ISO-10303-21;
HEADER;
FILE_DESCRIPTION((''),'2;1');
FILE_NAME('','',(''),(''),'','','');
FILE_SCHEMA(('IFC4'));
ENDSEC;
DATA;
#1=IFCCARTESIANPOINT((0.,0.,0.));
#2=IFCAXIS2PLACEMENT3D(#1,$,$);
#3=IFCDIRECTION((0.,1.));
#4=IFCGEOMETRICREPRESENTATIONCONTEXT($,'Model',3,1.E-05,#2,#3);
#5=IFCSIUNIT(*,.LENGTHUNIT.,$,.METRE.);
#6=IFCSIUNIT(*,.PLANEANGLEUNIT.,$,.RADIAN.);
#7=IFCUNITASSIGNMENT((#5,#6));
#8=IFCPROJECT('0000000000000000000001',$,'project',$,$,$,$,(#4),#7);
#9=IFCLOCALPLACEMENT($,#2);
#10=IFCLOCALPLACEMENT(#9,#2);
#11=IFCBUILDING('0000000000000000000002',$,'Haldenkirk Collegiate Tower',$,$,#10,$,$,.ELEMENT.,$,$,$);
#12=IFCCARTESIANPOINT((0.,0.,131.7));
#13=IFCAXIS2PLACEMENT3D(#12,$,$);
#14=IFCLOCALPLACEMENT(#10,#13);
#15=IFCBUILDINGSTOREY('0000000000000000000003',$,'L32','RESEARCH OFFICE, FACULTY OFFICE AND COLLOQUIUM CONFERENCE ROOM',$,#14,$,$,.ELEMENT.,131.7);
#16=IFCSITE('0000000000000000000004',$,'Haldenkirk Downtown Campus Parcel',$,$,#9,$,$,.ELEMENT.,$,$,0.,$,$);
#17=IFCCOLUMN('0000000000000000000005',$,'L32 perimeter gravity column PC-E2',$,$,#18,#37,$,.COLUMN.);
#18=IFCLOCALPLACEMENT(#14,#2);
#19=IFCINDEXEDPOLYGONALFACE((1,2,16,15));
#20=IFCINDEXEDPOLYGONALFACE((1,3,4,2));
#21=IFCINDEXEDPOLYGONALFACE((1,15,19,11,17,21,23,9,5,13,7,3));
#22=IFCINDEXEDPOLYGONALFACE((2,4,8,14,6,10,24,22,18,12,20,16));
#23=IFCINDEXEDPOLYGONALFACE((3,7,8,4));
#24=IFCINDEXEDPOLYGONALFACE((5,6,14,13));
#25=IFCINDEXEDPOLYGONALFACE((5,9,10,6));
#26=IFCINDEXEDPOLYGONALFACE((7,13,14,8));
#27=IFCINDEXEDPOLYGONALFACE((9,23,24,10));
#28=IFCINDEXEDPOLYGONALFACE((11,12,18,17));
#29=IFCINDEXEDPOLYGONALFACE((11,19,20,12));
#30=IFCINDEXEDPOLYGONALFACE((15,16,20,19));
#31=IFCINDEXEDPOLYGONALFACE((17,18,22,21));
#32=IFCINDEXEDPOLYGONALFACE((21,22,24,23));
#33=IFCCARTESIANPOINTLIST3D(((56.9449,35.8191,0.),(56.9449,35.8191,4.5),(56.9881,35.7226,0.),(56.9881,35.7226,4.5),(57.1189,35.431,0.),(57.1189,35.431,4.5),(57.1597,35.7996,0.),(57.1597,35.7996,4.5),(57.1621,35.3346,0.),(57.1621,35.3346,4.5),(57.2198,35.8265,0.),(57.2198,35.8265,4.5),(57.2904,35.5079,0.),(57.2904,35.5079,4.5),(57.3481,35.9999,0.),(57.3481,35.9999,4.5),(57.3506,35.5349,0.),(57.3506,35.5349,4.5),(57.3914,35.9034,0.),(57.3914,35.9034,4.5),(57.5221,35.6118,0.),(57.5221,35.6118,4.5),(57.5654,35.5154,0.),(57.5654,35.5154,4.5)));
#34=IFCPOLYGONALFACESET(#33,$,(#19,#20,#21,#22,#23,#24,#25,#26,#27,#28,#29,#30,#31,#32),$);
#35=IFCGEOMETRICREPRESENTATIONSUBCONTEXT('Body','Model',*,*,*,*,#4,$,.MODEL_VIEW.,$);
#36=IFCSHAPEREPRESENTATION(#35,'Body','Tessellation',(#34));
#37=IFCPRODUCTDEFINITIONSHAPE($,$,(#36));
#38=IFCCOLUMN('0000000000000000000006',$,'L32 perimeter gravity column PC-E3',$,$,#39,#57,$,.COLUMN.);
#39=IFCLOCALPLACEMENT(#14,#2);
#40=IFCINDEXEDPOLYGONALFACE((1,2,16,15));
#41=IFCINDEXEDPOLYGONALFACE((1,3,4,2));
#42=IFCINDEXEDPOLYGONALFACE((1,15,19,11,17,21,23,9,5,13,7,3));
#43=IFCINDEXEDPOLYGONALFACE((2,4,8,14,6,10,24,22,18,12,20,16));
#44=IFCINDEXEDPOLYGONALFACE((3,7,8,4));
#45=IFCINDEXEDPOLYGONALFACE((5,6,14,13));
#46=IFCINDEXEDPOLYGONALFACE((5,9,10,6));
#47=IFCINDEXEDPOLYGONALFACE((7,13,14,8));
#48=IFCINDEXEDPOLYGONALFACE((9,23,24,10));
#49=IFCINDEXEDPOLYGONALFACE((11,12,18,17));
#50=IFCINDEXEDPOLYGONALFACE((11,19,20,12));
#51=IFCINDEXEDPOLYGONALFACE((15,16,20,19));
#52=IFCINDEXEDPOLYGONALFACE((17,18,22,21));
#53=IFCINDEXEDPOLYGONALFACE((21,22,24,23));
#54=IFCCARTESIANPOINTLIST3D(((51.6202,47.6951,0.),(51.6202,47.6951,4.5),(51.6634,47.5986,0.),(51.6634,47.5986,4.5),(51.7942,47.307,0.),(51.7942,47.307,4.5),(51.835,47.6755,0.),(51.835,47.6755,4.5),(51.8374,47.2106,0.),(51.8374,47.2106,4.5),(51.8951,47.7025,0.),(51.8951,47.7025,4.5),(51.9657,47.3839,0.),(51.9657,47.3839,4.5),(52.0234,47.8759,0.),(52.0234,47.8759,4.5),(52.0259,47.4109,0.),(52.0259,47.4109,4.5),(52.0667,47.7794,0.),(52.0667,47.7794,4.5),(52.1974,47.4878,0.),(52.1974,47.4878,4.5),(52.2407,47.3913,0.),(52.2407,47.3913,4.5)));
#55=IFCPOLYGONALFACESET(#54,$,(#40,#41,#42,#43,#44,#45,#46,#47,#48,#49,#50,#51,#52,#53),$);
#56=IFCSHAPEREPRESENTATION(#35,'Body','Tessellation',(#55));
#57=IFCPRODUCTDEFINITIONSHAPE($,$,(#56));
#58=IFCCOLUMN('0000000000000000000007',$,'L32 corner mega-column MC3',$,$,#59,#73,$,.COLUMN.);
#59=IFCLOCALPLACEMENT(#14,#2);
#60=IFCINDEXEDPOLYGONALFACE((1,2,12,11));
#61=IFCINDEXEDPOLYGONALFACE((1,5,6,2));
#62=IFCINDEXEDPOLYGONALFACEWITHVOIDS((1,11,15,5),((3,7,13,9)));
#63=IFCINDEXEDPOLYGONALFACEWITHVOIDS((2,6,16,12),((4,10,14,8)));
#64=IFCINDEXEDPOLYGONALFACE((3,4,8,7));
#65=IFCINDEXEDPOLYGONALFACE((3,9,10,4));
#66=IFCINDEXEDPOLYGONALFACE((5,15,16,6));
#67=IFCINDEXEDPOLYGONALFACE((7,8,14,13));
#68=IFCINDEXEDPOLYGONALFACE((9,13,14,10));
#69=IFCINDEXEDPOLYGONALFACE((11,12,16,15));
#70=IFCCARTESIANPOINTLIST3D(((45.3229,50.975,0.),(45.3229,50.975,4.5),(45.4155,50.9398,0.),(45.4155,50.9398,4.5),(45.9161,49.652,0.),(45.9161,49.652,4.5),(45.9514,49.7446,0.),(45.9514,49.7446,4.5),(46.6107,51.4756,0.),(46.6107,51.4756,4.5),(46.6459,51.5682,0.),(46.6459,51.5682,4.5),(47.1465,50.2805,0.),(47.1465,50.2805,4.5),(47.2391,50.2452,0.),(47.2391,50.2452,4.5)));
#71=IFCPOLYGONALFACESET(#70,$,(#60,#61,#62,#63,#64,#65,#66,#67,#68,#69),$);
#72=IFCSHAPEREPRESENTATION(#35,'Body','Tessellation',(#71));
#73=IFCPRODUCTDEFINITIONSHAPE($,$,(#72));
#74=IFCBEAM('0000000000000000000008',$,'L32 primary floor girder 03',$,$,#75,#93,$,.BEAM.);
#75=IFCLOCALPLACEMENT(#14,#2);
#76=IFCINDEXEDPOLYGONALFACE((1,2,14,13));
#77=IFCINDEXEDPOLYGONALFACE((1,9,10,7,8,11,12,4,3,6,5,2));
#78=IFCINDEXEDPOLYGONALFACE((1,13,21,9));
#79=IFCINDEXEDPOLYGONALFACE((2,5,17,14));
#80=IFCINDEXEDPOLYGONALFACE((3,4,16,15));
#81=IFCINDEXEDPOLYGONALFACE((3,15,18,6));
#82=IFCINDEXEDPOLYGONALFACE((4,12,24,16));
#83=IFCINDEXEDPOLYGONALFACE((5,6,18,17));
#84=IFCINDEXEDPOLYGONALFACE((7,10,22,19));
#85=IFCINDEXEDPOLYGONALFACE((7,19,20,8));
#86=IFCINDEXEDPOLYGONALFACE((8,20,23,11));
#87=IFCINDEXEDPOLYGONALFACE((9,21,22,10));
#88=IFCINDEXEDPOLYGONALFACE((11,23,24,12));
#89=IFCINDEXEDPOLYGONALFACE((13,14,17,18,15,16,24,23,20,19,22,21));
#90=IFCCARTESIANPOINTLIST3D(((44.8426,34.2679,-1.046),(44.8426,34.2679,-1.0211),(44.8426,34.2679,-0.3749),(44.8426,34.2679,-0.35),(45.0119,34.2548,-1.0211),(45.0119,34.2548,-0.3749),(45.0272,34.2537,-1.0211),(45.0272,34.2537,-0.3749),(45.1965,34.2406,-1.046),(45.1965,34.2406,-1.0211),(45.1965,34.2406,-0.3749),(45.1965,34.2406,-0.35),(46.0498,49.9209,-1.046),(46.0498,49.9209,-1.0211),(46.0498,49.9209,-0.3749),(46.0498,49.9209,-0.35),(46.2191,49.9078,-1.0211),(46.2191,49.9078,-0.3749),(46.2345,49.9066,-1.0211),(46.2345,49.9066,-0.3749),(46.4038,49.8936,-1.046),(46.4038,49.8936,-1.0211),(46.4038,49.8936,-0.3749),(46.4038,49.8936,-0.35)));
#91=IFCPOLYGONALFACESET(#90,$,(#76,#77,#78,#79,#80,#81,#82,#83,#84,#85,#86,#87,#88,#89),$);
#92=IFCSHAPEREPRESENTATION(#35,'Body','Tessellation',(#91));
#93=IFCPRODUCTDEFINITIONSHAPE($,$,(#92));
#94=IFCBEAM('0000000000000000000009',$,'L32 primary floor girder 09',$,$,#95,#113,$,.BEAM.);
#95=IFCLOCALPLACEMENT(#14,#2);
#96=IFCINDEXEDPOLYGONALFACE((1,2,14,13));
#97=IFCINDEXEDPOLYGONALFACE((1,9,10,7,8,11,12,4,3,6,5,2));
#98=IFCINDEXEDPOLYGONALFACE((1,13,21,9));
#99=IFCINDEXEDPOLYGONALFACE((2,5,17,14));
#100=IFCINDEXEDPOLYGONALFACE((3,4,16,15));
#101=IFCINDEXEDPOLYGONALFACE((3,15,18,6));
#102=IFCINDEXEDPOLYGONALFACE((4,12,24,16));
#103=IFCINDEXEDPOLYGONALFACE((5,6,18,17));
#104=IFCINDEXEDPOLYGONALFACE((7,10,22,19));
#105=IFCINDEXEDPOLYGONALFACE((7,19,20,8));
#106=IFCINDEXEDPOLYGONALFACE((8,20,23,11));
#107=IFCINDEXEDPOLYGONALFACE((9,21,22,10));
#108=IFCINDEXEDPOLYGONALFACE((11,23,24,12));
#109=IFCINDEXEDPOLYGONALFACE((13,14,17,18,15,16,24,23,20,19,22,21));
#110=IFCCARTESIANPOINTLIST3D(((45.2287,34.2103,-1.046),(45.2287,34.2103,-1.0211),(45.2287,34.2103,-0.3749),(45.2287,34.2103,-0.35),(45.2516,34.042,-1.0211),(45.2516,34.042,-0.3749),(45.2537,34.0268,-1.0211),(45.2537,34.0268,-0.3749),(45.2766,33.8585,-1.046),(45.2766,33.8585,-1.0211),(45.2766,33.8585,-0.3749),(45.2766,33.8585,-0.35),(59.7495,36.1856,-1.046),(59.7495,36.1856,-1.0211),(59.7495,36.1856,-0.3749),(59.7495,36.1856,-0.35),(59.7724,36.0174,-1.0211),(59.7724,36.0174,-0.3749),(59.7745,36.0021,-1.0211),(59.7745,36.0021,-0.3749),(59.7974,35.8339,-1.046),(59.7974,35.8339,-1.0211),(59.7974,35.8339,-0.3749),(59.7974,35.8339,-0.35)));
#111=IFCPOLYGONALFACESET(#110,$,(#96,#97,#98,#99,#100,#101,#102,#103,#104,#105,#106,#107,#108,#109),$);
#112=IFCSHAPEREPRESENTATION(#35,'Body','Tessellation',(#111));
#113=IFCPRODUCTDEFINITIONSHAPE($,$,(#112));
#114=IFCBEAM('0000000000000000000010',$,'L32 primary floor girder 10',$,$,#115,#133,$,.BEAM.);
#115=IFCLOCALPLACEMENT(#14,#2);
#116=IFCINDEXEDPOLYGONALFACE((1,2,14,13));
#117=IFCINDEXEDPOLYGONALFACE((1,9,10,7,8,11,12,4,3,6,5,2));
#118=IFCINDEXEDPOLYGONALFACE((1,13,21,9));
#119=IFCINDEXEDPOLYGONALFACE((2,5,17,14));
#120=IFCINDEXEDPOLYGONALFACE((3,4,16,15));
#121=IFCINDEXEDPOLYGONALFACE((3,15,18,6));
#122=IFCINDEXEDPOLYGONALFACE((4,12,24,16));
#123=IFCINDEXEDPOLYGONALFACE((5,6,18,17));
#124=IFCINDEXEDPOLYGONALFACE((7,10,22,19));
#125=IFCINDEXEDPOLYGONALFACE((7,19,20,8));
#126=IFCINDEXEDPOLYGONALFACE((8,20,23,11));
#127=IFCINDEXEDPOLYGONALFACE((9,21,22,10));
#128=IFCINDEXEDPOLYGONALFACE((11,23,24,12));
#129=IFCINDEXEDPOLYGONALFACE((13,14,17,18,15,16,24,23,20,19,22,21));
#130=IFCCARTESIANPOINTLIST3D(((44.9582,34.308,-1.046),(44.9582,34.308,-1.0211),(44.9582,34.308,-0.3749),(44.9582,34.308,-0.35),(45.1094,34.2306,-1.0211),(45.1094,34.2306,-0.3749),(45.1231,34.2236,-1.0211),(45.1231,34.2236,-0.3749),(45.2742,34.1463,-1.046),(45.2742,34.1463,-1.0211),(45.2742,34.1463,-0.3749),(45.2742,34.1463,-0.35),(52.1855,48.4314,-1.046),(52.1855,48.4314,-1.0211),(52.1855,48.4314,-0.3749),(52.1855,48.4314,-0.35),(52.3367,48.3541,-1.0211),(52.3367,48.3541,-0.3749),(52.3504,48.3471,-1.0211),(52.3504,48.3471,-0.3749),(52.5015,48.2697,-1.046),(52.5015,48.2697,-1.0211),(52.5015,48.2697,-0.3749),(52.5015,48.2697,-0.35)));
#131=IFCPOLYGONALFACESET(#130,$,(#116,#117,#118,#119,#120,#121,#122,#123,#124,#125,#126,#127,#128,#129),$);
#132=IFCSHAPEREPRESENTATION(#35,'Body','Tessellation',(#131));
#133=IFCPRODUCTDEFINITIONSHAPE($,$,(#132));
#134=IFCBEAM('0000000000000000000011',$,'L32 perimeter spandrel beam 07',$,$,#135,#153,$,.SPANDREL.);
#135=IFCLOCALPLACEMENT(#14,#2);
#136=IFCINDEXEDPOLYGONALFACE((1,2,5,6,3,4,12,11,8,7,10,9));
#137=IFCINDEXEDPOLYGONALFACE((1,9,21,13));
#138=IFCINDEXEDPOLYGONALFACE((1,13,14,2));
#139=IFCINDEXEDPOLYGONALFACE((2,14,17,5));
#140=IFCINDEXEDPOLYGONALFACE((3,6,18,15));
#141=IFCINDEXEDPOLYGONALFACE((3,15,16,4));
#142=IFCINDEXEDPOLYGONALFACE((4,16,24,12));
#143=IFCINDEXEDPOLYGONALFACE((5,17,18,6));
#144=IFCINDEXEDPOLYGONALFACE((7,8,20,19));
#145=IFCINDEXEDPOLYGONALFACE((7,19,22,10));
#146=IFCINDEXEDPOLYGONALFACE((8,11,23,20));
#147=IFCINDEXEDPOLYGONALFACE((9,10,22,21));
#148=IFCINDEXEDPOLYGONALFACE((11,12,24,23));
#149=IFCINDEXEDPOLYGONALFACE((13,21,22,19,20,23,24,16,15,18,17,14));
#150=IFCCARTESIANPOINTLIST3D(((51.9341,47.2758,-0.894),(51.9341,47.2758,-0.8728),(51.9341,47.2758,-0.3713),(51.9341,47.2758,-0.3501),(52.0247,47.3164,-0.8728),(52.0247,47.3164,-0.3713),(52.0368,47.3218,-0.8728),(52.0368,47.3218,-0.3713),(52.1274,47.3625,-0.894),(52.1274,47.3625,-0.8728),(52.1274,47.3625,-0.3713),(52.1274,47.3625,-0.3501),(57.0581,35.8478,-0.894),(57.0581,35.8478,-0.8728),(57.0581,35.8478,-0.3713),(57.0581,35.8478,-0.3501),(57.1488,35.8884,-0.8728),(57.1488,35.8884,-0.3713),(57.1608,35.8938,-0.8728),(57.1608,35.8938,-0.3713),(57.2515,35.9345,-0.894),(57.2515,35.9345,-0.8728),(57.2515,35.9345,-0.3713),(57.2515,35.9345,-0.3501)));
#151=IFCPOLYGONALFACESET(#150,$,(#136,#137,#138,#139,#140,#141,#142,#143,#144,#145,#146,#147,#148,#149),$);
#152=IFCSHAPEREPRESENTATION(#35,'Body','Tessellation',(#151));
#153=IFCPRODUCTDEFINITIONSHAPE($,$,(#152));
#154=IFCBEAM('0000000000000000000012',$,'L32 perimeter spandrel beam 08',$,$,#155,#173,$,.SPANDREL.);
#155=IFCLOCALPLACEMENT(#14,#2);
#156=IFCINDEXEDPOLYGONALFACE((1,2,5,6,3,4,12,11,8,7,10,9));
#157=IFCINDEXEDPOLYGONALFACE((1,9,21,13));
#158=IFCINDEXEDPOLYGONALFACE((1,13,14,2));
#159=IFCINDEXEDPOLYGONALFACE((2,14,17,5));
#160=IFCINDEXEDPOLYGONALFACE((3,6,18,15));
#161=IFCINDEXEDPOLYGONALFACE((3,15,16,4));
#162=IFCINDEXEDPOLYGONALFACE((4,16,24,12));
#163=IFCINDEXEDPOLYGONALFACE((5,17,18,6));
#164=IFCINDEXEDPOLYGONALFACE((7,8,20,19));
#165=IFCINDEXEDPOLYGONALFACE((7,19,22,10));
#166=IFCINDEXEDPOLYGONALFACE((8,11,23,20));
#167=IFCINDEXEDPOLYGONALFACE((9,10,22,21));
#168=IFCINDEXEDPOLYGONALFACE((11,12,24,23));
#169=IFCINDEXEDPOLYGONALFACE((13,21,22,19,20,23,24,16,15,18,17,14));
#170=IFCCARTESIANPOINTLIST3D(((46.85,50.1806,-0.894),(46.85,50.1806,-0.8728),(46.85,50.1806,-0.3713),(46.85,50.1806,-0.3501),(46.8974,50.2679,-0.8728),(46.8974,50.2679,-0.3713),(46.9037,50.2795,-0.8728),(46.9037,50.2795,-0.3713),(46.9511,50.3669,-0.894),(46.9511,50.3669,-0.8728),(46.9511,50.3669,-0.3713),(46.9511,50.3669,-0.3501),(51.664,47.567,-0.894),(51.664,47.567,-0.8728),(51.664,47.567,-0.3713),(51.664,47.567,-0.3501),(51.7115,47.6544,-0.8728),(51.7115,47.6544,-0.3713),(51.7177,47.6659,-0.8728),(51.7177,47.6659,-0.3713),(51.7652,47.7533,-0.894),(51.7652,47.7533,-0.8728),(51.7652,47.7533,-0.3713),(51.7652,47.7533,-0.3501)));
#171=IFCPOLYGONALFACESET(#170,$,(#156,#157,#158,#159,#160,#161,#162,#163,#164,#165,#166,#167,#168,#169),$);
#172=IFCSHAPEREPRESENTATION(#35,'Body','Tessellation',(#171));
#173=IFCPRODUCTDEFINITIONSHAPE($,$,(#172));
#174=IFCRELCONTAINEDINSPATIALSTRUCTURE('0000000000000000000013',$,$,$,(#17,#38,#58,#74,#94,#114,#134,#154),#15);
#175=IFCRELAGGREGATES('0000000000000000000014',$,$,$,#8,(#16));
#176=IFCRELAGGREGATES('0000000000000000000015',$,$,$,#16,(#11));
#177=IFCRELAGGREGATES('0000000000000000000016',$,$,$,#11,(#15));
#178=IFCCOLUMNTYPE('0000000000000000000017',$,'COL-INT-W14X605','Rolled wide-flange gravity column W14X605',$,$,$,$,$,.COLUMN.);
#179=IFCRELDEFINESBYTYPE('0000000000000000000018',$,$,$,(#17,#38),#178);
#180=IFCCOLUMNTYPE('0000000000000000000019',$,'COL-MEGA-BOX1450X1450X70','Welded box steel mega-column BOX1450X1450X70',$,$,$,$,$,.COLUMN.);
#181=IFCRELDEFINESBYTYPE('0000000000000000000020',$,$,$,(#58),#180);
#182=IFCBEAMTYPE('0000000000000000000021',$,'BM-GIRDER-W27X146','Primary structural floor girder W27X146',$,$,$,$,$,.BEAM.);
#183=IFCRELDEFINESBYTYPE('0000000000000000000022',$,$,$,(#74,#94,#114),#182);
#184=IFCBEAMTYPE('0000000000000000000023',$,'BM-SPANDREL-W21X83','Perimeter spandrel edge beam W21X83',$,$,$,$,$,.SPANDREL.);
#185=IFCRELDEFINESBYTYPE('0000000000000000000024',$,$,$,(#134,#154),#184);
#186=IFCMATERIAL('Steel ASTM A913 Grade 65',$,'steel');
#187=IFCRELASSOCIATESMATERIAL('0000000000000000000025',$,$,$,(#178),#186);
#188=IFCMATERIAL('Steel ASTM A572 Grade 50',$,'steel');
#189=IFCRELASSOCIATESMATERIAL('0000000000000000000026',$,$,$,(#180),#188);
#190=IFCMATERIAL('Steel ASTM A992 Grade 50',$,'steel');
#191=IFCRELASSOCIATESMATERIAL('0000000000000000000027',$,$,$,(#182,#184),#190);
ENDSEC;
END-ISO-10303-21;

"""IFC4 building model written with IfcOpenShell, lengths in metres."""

from ifc_helpers import new_model, si_unit, direction, frame, origin, origin_2d, place, context, subcontext, project, spatial, hollow_rectangle, i_section, extrude, material, material_profile, profile_set, type_object, element, save


model = new_model("IFC4")

# Units and contexts
model_context = context("Model", 3, precision=1e-05, world=origin(), true_north=direction((0.0, 1.0)))
body_context = subcontext(model_context, "Body", "Model", "MODEL_VIEW")
ifc_project = project(units=[si_unit("LENGTHUNIT", "METRE"), si_unit("PLANEANGLEUNIT", "RADIAN")], contexts=[model_context])

# Site, building, storey
site_placement = place(None, origin())
site = spatial("IfcSite", under=ifc_project, at=site_placement, Name="Haldenkirk Downtown Campus Parcel", CompositionType="ELEMENT", RefElevation=0.0)
building_placement = place(site_placement, origin())
building = spatial("IfcBuilding", under=site, at=building_placement, Name="Haldenkirk Collegiate Tower", CompositionType="ELEMENT")
storey_placement = place(building_placement, frame((0.0, 0.0, 131.7)))
storey = spatial("IfcBuildingStorey", under=building, at=storey_placement, Name="L32", Description="RESEARCH OFFICE, FACULTY OFFICE AND COLLOQUIUM CONFERENCE ROOM", CompositionType="ELEMENT", Elevation=131.7)

# Columns
ifc_material_1 = material(Name="Steel ASTM A913 Grade 65", Category="steel")
ifc_material_profile_1 = material_profile(ifc_material_1, i_section(OverallWidth=0.4419, OverallDepth=0.531, WebThickness=0.0659, FlangeThickness=0.1057, at=origin_2d()), Name="W14X605")
ifc_profile_set_1 = profile_set([ifc_material_profile_1], Name="Steel ASTM A913 Grade 65")
column_type_1 = type_object("IfcColumnType", Name="COL-INT-W14X605", Description="Rolled wide-flange gravity column W14X605", PredefinedType="COLUMN", material=ifc_profile_set_1)
for number, where, z_axis, x_axis, name in (
    (1, (57.2551, 35.6672, 0.0), (0.0, 0.0, 1.0), (0.912477, 0.409127, 0.0), "L32 perimeter gravity column PC-E2"),
    (2, (51.9304, 47.5432, 0.0), (0.0, 0.0, 1.0), (0.912477, 0.409127, 0.0), "L32 perimeter gravity column PC-E3"),
):
    element("IfcColumn", number, at=place(storey_placement, frame(where, z_axis=z_axis, x_axis=x_axis)), inside=storey, type_object=column_type_1, Name=name, PredefinedType="COLUMN", context=body_context, shape_type="SweptSolid", body=[
        extrude(i_section(OverallWidth=0.4419, OverallDepth=0.531, WebThickness=0.0659, FlangeThickness=0.1057, at=origin_2d()), origin(), (0.0, 0.0, 1.0), 4.5),
    ])
ifc_material_2 = material(Name="Steel ASTM A572 Grade 50", Category="steel")
ifc_material_profile_2 = material_profile(ifc_material_2, hollow_rectangle(XDim=1.45, YDim=1.45, WallThickness=0.0701, at=origin_2d()), Name="BOX1450X1450X70")
ifc_profile_set_2 = profile_set([ifc_material_profile_2], Name="Steel ASTM A572 Grade 50")
column_type_2 = type_object("IfcColumnType", Name="COL-MEGA-BOX1450X1450X70", Description="Welded box steel mega-column BOX1450X1450X70", PredefinedType="COLUMN", material=ifc_profile_set_2)
column_placement = place(storey_placement, frame((46.281, 50.6101, 0.0), z_axis=(0.0, 0.0, 1.0), x_axis=(0.912477, 0.409127, 0.0)))
element("IfcColumn", 3, at=column_placement, inside=storey, type_object=column_type_2, Name="L32 corner mega-column MC3", PredefinedType="COLUMN", context=body_context, shape_type="SweptSolid", body=[
    extrude(hollow_rectangle(XDim=1.45, YDim=1.45, WallThickness=0.0701, at=origin_2d()), origin(), (0.0, 0.0, 1.0), 4.5),
])

# Beams
ifc_material_3 = material(Name="Steel ASTM A992 Grade 50", Category="steel")
ifc_material_profile_3 = material_profile(ifc_material_3, i_section(OverallWidth=0.355, OverallDepth=0.696, WebThickness=0.0154, FlangeThickness=0.0249, at=origin_2d()), Name="W27X146")
ifc_profile_set_3 = profile_set([ifc_material_profile_3], Name="Steel ASTM A992 Grade 50")
beam_type_1 = type_object("IfcBeamType", Name="BM-GIRDER-W27X146", Description="Primary structural floor girder W27X146", PredefinedType="BEAM", material=ifc_profile_set_3)
beam_1_placement = place(storey_placement, frame((46.2268, 49.9072, -0.698), z_axis=(-0.076899, -0.997039, 0.0), x_axis=(0.997039, -0.076899, 0.0)))
element("IfcBeam", 4, at=beam_1_placement, inside=storey, type_object=beam_type_1, Name="L32 primary floor girder 03", PredefinedType="BEAM", context=body_context, shape_type="SweptSolid", body=[
    extrude(i_section(OverallWidth=0.355, OverallDepth=0.696, WebThickness=0.0154, FlangeThickness=0.0249, at=origin_2d()), origin(), (0.0, 0.0, 1.0), 15.6995),
])
beam_2_placement = place(storey_placement, frame((59.7734, 36.0098, -0.698), z_axis=(-0.990874, -0.134794, 0.0), x_axis=(0.134794, -0.990874, 0.0)))
element("IfcBeam", 5, at=beam_2_placement, inside=storey, type_object=beam_type_1, Name="L32 primary floor girder 09", PredefinedType="BEAM", context=body_context, shape_type="SweptSolid", body=[
    extrude(i_section(OverallWidth=0.355, OverallDepth=0.696, WebThickness=0.0154, FlangeThickness=0.0249, at=origin_2d()), origin(), (0.0, 0.0, 1.0), 14.6545),
])
beam_3_placement = place(storey_placement, frame((52.3435, 48.3506, -0.698), z_axis=(-0.455541, -0.890215, 0.0), x_axis=(0.890215, -0.455541, 0.0)))
element("IfcBeam", 6, at=beam_3_placement, inside=storey, type_object=beam_type_1, Name="L32 primary floor girder 10", PredefinedType="BEAM", context=body_context, shape_type="SweptSolid", body=[
    extrude(i_section(OverallWidth=0.355, OverallDepth=0.696, WebThickness=0.0154, FlangeThickness=0.0249, at=origin_2d()), origin(), (0.0, 0.0, 1.0), 15.8652),
])
ifc_material_profile_4 = material_profile(ifc_material_3, i_section(OverallWidth=0.2119, OverallDepth=0.5439, WebThickness=0.0132, FlangeThickness=0.0212, at=origin_2d()), Name="W21X83")
ifc_profile_set_4 = profile_set([ifc_material_profile_4], Name="Steel ASTM A992 Grade 50")
beam_type_2 = type_object("IfcBeamType", Name="BM-SPANDREL-W21X83", Description="Perimeter spandrel edge beam W21X83", PredefinedType="SPANDREL", material=ifc_profile_set_4)
beam_4_placement = place(storey_placement, frame((57.1548, 35.8911, -0.6221), z_axis=(-0.409131, 0.912475, 0.0), x_axis=(-0.912475, -0.409131, 0.0)))
element("IfcBeam", 7, at=beam_4_placement, inside=storey, type_object=beam_type_2, Name="L32 perimeter spandrel beam 07", PredefinedType="SPANDREL", context=body_context, shape_type="SweptSolid", body=[
    extrude(i_section(OverallWidth=0.2119, OverallDepth=0.5439, WebThickness=0.0132, FlangeThickness=0.0212, at=origin_2d()), origin(), (0.0, 0.0, 1.0), 12.5242),
])
beam_5_placement = place(storey_placement, frame((51.7146, 47.6602, -0.6221), z_axis=(-0.878836, 0.477124, 0.0), x_axis=(-0.477124, -0.878836, 0.0)))
element("IfcBeam", 8, at=beam_5_placement, inside=storey, type_object=beam_type_2, Name="L32 perimeter spandrel beam 08", PredefinedType="SPANDREL", context=body_context, shape_type="SweptSolid", body=[
    extrude(i_section(OverallWidth=0.2119, OverallDepth=0.5439, WebThickness=0.0132, FlangeThickness=0.0212, at=origin_2d()), origin(), (0.0, 0.0, 1.0), 5.4778),
])

save(model, "model.ifc")
